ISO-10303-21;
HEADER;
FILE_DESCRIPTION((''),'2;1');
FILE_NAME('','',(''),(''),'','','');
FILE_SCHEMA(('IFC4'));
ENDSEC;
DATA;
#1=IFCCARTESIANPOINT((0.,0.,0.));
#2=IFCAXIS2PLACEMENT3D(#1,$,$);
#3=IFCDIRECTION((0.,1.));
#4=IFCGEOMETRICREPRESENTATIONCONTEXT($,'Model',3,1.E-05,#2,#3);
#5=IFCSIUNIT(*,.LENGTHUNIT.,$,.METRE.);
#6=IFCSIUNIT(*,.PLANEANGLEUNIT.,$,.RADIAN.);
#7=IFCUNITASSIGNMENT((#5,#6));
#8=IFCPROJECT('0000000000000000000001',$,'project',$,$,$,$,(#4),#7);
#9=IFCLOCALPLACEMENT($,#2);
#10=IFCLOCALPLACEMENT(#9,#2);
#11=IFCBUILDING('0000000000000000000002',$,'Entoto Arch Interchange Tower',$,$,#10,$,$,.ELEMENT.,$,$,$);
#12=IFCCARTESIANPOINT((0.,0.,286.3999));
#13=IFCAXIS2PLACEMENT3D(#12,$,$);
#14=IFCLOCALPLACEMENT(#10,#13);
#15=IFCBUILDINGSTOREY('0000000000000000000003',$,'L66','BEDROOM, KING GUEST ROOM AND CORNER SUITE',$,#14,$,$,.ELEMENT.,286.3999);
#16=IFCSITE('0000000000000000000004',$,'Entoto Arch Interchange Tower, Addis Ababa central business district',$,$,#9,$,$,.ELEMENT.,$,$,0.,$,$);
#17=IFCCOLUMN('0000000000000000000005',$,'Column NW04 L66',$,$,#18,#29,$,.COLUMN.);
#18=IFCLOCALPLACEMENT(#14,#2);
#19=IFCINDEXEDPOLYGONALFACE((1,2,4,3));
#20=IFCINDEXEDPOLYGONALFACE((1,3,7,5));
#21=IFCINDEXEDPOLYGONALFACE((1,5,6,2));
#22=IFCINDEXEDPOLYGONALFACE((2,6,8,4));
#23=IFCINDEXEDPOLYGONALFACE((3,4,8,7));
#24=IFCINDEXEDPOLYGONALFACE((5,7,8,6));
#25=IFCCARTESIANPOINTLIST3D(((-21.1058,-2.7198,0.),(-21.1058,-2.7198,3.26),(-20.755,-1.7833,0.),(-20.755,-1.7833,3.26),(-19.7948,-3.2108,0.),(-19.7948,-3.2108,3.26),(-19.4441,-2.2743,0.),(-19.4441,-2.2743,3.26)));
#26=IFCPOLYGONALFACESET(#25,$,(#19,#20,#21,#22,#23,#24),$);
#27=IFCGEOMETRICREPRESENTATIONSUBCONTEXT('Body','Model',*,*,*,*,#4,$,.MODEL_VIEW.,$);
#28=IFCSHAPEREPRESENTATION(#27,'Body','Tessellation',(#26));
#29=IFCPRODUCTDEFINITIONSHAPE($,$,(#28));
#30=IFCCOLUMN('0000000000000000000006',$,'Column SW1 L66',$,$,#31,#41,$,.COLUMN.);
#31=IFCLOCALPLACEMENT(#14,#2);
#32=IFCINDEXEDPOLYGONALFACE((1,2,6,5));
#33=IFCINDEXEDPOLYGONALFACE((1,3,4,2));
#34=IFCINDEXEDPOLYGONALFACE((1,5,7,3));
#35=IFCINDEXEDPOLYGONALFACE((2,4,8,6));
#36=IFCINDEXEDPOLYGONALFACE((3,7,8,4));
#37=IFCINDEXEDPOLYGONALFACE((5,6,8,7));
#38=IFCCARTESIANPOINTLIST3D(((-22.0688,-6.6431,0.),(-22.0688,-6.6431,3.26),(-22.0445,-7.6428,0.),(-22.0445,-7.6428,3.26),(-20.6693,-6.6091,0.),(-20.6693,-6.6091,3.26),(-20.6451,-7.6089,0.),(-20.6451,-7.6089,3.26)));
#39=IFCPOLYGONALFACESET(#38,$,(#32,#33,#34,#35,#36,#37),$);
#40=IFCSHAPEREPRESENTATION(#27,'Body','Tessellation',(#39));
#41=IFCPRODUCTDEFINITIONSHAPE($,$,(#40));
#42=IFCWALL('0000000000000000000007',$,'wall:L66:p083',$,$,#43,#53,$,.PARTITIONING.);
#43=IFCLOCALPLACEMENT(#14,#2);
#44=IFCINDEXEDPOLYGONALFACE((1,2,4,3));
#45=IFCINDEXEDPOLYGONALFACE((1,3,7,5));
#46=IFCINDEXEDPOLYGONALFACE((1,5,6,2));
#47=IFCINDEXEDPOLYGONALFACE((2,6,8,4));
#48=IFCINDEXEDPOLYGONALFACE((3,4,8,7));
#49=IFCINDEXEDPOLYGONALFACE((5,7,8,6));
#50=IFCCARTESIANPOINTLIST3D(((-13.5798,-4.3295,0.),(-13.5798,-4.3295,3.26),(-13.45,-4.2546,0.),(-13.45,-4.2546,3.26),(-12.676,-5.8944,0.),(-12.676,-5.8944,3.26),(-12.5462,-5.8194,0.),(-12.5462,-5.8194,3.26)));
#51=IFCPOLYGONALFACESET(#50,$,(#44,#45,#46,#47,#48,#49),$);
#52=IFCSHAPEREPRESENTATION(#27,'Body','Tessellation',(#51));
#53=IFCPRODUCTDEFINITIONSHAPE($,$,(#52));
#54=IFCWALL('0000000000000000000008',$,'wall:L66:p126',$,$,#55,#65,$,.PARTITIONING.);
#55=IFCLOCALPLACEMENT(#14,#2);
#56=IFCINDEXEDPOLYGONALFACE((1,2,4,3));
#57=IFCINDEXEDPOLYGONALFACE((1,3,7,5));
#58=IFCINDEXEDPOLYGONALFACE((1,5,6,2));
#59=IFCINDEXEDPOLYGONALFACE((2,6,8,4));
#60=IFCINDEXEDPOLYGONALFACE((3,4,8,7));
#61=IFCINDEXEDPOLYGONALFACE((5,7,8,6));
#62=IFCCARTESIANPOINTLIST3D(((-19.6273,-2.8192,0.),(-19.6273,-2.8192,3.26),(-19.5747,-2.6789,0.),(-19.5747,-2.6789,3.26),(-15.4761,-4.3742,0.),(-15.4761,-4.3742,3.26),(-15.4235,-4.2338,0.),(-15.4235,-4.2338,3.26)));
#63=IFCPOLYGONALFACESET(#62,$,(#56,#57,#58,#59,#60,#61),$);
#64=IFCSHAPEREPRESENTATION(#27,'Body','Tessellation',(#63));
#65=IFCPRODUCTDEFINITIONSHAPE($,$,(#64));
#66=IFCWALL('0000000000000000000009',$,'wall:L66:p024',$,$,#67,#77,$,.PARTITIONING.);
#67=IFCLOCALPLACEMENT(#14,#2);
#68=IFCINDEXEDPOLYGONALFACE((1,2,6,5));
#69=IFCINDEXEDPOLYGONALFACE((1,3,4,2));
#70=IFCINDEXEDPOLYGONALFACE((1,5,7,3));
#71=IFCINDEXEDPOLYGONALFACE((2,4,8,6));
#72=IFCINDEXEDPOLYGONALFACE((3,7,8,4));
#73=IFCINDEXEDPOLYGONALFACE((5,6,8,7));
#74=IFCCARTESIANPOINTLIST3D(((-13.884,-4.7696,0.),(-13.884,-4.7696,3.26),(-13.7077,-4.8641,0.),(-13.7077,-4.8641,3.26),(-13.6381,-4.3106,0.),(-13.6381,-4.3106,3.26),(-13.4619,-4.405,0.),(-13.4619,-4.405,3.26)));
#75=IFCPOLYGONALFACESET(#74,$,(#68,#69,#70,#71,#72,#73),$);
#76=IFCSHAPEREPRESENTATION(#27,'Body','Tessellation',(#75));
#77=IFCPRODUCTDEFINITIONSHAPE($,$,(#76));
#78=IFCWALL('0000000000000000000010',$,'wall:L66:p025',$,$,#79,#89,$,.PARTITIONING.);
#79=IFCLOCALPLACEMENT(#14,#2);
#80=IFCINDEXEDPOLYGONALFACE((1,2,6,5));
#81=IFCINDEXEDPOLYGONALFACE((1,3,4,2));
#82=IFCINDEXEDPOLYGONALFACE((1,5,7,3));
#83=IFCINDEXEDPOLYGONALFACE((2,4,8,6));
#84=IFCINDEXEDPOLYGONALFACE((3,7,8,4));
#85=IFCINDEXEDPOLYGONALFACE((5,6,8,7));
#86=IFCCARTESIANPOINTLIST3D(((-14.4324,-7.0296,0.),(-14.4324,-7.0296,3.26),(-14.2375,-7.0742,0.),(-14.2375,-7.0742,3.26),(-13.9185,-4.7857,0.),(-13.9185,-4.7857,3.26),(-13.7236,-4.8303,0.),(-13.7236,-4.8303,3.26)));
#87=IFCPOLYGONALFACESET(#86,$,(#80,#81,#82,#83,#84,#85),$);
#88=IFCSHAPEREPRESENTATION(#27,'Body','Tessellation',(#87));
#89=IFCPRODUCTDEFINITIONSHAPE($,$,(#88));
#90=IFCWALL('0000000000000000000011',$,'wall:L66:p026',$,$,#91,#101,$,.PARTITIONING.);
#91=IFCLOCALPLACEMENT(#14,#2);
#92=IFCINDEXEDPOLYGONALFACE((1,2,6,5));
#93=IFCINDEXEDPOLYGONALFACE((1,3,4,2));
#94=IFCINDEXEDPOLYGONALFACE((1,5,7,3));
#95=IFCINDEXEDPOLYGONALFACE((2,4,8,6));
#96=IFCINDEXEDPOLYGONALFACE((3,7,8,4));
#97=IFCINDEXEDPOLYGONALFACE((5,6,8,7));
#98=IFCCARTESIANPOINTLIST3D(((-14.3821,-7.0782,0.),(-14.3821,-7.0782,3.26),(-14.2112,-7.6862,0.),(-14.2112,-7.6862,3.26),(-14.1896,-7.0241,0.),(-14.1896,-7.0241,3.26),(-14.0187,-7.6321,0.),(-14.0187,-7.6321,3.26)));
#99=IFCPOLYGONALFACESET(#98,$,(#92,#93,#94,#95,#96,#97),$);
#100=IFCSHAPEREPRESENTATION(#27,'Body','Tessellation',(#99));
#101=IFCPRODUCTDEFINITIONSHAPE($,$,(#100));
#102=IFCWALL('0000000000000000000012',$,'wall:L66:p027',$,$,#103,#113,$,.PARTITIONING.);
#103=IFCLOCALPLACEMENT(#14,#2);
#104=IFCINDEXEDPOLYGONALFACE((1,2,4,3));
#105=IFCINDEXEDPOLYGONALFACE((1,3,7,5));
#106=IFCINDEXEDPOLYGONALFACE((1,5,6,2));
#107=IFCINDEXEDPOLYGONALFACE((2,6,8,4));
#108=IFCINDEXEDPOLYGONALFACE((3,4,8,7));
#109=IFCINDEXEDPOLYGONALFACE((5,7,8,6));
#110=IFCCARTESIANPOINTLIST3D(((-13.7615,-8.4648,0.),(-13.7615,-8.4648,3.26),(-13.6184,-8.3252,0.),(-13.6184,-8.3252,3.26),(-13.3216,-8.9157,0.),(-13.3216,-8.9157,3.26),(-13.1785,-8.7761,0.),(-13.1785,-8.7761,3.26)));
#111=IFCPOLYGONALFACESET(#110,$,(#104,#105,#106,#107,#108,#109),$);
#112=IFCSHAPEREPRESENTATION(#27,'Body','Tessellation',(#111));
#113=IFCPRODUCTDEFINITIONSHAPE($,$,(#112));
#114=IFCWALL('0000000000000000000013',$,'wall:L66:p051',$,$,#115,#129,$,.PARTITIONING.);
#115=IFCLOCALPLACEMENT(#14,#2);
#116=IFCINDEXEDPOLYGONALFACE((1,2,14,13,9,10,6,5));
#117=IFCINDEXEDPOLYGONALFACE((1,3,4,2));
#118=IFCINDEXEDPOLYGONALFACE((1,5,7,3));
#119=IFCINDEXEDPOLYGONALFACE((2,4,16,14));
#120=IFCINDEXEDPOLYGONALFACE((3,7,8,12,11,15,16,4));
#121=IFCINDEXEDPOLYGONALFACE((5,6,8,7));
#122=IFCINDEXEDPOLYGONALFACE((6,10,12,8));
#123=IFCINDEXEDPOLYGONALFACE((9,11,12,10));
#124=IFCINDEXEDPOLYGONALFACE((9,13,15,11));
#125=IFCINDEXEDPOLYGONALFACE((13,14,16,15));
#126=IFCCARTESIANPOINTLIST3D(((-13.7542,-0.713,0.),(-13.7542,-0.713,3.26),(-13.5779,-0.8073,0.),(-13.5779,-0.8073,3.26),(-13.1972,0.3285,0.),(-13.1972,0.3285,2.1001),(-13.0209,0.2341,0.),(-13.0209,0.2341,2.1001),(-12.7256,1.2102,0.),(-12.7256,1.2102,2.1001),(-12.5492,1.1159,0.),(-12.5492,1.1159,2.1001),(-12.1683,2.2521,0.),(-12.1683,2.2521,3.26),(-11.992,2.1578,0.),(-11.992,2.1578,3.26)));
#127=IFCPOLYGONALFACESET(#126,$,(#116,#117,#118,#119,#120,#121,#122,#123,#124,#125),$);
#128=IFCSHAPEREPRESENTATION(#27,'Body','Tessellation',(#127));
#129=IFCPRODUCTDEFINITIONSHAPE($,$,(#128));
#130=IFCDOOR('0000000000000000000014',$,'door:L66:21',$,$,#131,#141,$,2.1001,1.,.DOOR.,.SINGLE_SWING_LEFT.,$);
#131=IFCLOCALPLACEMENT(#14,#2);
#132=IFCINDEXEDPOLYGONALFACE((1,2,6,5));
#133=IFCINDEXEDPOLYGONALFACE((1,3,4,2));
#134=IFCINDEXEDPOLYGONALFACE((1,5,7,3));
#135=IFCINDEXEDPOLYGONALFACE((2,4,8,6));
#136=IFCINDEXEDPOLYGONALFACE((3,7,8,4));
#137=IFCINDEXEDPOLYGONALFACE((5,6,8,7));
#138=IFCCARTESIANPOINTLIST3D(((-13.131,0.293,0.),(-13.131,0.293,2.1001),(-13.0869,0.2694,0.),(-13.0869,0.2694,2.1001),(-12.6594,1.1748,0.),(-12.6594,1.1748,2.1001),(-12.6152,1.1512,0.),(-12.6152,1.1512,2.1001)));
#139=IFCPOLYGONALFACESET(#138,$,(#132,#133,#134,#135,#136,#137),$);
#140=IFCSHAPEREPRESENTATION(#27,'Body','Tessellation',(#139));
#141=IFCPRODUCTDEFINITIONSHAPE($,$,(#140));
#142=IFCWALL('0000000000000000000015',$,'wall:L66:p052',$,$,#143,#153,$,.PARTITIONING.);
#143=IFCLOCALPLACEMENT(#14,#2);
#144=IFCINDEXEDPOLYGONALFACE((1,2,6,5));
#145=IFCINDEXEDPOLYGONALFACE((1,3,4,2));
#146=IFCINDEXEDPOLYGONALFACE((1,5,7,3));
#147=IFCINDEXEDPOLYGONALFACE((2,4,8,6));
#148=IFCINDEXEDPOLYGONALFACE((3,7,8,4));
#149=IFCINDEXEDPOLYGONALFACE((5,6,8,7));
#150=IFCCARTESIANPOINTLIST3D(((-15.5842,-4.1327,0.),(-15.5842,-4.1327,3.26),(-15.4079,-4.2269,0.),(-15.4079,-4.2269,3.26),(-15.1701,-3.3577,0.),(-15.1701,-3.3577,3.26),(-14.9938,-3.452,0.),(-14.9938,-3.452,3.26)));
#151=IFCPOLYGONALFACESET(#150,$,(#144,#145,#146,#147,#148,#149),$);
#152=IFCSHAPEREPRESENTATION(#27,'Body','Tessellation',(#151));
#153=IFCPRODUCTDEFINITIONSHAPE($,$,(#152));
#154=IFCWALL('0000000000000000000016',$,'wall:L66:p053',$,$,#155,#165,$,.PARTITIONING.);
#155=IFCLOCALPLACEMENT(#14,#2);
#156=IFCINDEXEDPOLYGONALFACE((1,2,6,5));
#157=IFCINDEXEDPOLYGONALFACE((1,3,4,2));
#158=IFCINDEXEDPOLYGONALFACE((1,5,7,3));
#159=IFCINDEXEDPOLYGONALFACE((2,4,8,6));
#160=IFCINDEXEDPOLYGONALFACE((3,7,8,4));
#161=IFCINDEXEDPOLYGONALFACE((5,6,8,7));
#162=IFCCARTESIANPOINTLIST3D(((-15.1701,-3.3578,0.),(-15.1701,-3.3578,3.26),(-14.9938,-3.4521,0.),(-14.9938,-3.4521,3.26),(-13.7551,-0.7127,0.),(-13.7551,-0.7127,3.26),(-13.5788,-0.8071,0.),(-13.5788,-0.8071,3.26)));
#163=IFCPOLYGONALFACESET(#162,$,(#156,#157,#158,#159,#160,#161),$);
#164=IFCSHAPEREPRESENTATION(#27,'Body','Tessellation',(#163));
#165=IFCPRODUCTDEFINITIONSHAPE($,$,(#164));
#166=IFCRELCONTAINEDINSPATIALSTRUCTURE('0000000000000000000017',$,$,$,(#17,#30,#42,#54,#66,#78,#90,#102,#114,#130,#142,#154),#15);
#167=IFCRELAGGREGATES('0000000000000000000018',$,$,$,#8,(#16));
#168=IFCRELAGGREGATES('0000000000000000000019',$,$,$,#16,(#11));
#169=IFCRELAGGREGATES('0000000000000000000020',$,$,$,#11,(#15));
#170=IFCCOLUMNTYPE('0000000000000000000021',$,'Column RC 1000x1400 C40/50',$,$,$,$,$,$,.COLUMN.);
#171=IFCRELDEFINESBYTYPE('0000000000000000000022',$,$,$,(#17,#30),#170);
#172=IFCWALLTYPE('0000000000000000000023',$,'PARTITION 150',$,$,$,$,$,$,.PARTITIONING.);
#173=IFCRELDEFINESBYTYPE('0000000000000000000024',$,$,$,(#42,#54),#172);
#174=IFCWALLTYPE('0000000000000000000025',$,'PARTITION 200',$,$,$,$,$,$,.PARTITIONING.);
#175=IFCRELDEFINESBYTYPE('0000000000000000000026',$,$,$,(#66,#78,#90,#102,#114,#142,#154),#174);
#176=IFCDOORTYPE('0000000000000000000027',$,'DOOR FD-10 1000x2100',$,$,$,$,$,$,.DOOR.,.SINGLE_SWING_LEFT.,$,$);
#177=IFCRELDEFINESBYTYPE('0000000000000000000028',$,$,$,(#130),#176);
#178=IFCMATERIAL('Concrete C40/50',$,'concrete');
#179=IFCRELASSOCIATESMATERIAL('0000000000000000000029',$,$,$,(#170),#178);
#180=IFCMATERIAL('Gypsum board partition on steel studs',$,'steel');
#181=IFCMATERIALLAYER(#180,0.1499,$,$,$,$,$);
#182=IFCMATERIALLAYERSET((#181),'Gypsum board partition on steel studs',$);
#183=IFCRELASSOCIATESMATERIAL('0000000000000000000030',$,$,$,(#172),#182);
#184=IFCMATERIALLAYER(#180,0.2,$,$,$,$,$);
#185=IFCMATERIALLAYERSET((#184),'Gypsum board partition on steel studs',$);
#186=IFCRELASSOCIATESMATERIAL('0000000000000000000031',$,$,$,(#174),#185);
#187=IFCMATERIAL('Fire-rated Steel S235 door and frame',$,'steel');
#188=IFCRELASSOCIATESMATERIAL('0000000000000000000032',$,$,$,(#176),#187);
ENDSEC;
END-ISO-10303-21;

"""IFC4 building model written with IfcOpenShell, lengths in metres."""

from ifc_helpers import new_model, si_unit, direction, frame, frame_2d, origin, origin_2d, place, context, subcontext, project, spatial, rectangle, extrude, material, layer, layer_set, material_profile, profile_set, type_object, element, fill, save


model = new_model("IFC4")

# Units and contexts
model_context = context("Model", 3, precision=1e-05, world=origin(), true_north=direction((0.0, 1.0)))
body_context = subcontext(model_context, "Body", "Model", "MODEL_VIEW")
ifc_project = project(units=[si_unit("LENGTHUNIT", "METRE"), si_unit("PLANEANGLEUNIT", "RADIAN")], contexts=[model_context])

# Site, building, storey
site_placement = place(None, origin())
site = spatial("IfcSite", under=ifc_project, at=site_placement, Name="Entoto Arch Interchange Tower, Addis Ababa central business district", CompositionType="ELEMENT", RefElevation=0.0)
building_placement = place(site_placement, origin())
building = spatial("IfcBuilding", under=site, at=building_placement, Name="Entoto Arch Interchange Tower", CompositionType="ELEMENT")
storey_placement = place(building_placement, frame((0.0, 0.0, 286.3999)))
storey = spatial("IfcBuildingStorey", under=building, at=storey_placement, Name="L66", Description="BEDROOM, KING GUEST ROOM AND CORNER SUITE", CompositionType="ELEMENT", Elevation=286.3999)

# Columns
ifc_material_1 = material(Name="Concrete C40/50", Category="concrete")
ifc_material_profile = material_profile(ifc_material_1, rectangle(XDim=1.0, YDim=1.3999, at=origin_2d()))
ifc_profile_set = profile_set([ifc_material_profile], Name="Concrete C40/50")
column_type = type_object("IfcColumnType", Name="Column RC 1000x1400 C40/50", PredefinedType="COLUMN", material=ifc_profile_set)
for number, where, z_axis, x_axis, name in (
    (1, (-20.2749, -2.4971, 0.0), (0.0, 0.0, 1.0), (0.350714, 0.936483, 0.0), "Column NW04 L66"),
    (2, (-21.3569, -7.126, 0.0), (0.0, 0.0, 1.0), (-0.024258, 0.999706, 0.0), "Column SW1 L66"),
):
    element("IfcColumn", number, at=place(storey_placement, frame(where, z_axis=z_axis, x_axis=x_axis)), inside=storey, type_object=column_type, Name=name, PredefinedType="COLUMN", context=body_context, shape_type="SweptSolid", body=[
        extrude(rectangle(XDim=1.0, YDim=1.3999, at=origin_2d()), origin(), (0.0, 0.0, 1.0), 3.26),
    ])

# Walls
ifc_material_2 = material(Name="Gypsum board partition on steel studs", Category="steel")
ifc_layer_1 = layer(ifc_material_2, 0.1499)
ifc_layer_set_1 = layer_set([ifc_layer_1], Name="Gypsum board partition on steel studs")
wall_type_1 = type_object("IfcWallType", Name="PARTITION 150", PredefinedType="PARTITIONING", material=ifc_layer_set_1)
wall_1_placement = place(storey_placement, frame((-12.6111, -5.8569, 0.0), z_axis=(0.0, 0.0, 1.0), x_axis=(-0.50012, 0.865956, 0.0)))
element("IfcWall", 3, at=wall_1_placement, inside=storey, type_object=wall_type_1, Name="wall:L66:p083", PredefinedType="PARTITIONING", context=body_context, shape_type="SweptSolid", body=[
    extrude(rectangle(XDim=1.8071, YDim=0.1499, at=frame_2d((0.9036, 0.0))), origin(), (0.0, 0.0, 1.0), 3.26),
])
wall_2_placement = place(storey_placement, frame((-15.45, -4.304, 0.0), z_axis=(0.0, 0.0, 1.0), x_axis=(-0.936458, 0.350779, 0.0)))
element("IfcWall", 4, at=wall_2_placement, inside=storey, type_object=wall_type_1, Name="wall:L66:p126", PredefinedType="PARTITIONING", context=body_context, shape_type="SweptSolid", body=[
    extrude(rectangle(XDim=4.4329, YDim=0.1499, at=frame_2d((2.2163, 0.0))), origin(), (0.0, 0.0, 1.0), 3.26),
])
ifc_layer_2 = layer(ifc_material_2, 0.2)
ifc_layer_set_2 = layer_set([ifc_layer_2], Name="Gypsum board partition on steel studs")
wall_type_2 = type_object("IfcWallType", Name="PARTITION 200", PredefinedType="PARTITIONING", material=ifc_layer_set_2)
wall_3_placement = place(storey_placement, frame((-13.55, -4.3579, 0.0), z_axis=(0.0, 0.0, 1.0), x_axis=(-0.472169, -0.881508, 0.0)))
element("IfcWall", 5, at=wall_3_placement, inside=storey, type_object=wall_type_2, Name="wall:L66:p024", PredefinedType="PARTITIONING", context=body_context, shape_type="SweptSolid", body=[
    extrude(rectangle(XDim=0.5208, YDim=0.2, at=frame_2d((0.2603, 0.0))), origin(), (0.0, 0.0, 1.0), 3.26),
])
wall_4_placement = place(storey_placement, frame((-13.821, -4.8081, 0.0), z_axis=(0.0, 0.0, 1.0), x_axis=(-0.223248, -0.974762, 0.0)))
element("IfcWall", 6, at=wall_4_placement, inside=storey, type_object=wall_type_2, Name="wall:L66:p025", PredefinedType="PARTITIONING", context=body_context, shape_type="SweptSolid", body=[
    extrude(rectangle(XDim=2.302, YDim=0.2, at=frame_2d((1.1509, 0.0))), origin(), (0.0, 0.0, 1.0), 3.26),
])
wall_5_placement = place(storey_placement, frame((-14.2859, -7.051, 0.0), z_axis=(0.0, 0.0, 1.0), x_axis=(0.270634, -0.962682, 0.0)))
element("IfcWall", 7, at=wall_5_placement, inside=storey, type_object=wall_type_2, Name="wall:L66:p026", PredefinedType="PARTITIONING", context=body_context, shape_type="SweptSolid", body=[
    extrude(rectangle(XDim=0.6316, YDim=0.2, at=frame_2d((0.3159, 0.0))), origin(), (0.0, 0.0, 1.0), 3.26),
])
wall_6_placement = place(storey_placement, frame((-13.6899, -8.395, 0.0), z_axis=(0.0, 0.0, 1.0), x_axis=(0.698334, -0.715772, 0.0)))
element("IfcWall", 8, at=wall_6_placement, inside=storey, type_object=wall_type_2, Name="wall:L66:p027", PredefinedType="PARTITIONING", context=body_context, shape_type="SweptSolid", body=[
    extrude(rectangle(XDim=0.6299, YDim=0.2, at=frame_2d((0.3149, 0.0))), origin(), (0.0, 0.0, 1.0), 3.26),
])

# Wall, opening, door
wall_7_placement = place(storey_placement, frame((-13.666, -0.76, 0.0), z_axis=(0.0, 0.0, 1.0), x_axis=(0.471643, 0.88179, 0.0)))
wall_7 = element("IfcWall", 9, at=wall_7_placement, inside=storey, type_object=wall_type_2, Name="wall:L66:p051", PredefinedType="PARTITIONING", context=body_context, shape_type="SweptSolid", body=[
    extrude(rectangle(XDim=3.3625, YDim=0.2, at=frame_2d((1.6812, 0.0))), origin(), (0.0, 0.0, 1.0), 3.26),
])
opening_1_placement = place(wall_7_placement, frame((1.1809, 0.0, 0.0)))
opening_1 = element("IfcOpeningElement", 10, at=opening_1_placement, cuts=wall_7, PredefinedType="OPENING", context=body_context, shape_type="SweptSolid", body=[
    extrude(rectangle(XDim=1.0, YDim=2.1001, at=frame_2d((0.5, 1.05))), frame((0.0, 0.1099, 0.0), z_axis=(0.0, -1.0, 0.0), x_axis=(1.0, 0.0, 0.0)), (0.0, 0.0, 1.0), 0.22),
])
ifc_material_3 = material(Name="Fire-rated Steel S235 door and frame", Category="steel")
door_type = type_object("IfcDoorType", Name="DOOR FD-10 1000x2100", OperationType="SINGLE_SWING_LEFT", PredefinedType="DOOR", material=ifc_material_3)
door_1_placement = place(opening_1_placement, origin())
door_1 = element("IfcDoor", 11, at=door_1_placement, inside=storey, type_object=door_type, Name="door:L66:21", OperationType="SINGLE_SWING_LEFT", OverallHeight=2.1001, OverallWidth=1.0, PredefinedType="DOOR", context=body_context, shape_type="SweptSolid", body=[
    extrude(rectangle(XDim=1.0, YDim=2.1001, at=frame_2d((0.5, 1.05))), frame((0.0, 0.0249, 0.0), z_axis=(0.0, -1.0, 0.0), x_axis=(1.0, 0.0, 0.0)), (0.0, 0.0, 1.0), 0.05),
])
fill(opening_1, door_1)

# Walls
wall_8_placement = place(storey_placement, frame((-15.4961, -4.1799, 0.0), z_axis=(0.0, 0.0, 1.0), x_axis=(0.47128, 0.881983, 0.0)))
element("IfcWall", 12, at=wall_8_placement, inside=storey, type_object=wall_type_2, Name="wall:L66:p052", PredefinedType="PARTITIONING", context=body_context, shape_type="SweptSolid", body=[
    extrude(rectangle(XDim=0.8787, YDim=0.2, at=frame_2d((0.4395, 0.0))), origin(), (0.0, 0.0, 1.0), 3.26),
])
wall_9_placement = place(storey_placement, frame((-15.082, -3.405, 0.0), z_axis=(0.0, 0.0, 1.0), x_axis=(0.47172, 0.881748, 0.0)))
element("IfcWall", 13, at=wall_9_placement, inside=storey, type_object=wall_type_2, Name="wall:L66:p053", PredefinedType="PARTITIONING", context=body_context, shape_type="SweptSolid", body=[
    extrude(rectangle(XDim=2.9998, YDim=0.2, at=frame_2d((1.5, 0.0))), origin(), (0.0, 0.0, 1.0), 3.26),
])

save(model, "model.ifc")
